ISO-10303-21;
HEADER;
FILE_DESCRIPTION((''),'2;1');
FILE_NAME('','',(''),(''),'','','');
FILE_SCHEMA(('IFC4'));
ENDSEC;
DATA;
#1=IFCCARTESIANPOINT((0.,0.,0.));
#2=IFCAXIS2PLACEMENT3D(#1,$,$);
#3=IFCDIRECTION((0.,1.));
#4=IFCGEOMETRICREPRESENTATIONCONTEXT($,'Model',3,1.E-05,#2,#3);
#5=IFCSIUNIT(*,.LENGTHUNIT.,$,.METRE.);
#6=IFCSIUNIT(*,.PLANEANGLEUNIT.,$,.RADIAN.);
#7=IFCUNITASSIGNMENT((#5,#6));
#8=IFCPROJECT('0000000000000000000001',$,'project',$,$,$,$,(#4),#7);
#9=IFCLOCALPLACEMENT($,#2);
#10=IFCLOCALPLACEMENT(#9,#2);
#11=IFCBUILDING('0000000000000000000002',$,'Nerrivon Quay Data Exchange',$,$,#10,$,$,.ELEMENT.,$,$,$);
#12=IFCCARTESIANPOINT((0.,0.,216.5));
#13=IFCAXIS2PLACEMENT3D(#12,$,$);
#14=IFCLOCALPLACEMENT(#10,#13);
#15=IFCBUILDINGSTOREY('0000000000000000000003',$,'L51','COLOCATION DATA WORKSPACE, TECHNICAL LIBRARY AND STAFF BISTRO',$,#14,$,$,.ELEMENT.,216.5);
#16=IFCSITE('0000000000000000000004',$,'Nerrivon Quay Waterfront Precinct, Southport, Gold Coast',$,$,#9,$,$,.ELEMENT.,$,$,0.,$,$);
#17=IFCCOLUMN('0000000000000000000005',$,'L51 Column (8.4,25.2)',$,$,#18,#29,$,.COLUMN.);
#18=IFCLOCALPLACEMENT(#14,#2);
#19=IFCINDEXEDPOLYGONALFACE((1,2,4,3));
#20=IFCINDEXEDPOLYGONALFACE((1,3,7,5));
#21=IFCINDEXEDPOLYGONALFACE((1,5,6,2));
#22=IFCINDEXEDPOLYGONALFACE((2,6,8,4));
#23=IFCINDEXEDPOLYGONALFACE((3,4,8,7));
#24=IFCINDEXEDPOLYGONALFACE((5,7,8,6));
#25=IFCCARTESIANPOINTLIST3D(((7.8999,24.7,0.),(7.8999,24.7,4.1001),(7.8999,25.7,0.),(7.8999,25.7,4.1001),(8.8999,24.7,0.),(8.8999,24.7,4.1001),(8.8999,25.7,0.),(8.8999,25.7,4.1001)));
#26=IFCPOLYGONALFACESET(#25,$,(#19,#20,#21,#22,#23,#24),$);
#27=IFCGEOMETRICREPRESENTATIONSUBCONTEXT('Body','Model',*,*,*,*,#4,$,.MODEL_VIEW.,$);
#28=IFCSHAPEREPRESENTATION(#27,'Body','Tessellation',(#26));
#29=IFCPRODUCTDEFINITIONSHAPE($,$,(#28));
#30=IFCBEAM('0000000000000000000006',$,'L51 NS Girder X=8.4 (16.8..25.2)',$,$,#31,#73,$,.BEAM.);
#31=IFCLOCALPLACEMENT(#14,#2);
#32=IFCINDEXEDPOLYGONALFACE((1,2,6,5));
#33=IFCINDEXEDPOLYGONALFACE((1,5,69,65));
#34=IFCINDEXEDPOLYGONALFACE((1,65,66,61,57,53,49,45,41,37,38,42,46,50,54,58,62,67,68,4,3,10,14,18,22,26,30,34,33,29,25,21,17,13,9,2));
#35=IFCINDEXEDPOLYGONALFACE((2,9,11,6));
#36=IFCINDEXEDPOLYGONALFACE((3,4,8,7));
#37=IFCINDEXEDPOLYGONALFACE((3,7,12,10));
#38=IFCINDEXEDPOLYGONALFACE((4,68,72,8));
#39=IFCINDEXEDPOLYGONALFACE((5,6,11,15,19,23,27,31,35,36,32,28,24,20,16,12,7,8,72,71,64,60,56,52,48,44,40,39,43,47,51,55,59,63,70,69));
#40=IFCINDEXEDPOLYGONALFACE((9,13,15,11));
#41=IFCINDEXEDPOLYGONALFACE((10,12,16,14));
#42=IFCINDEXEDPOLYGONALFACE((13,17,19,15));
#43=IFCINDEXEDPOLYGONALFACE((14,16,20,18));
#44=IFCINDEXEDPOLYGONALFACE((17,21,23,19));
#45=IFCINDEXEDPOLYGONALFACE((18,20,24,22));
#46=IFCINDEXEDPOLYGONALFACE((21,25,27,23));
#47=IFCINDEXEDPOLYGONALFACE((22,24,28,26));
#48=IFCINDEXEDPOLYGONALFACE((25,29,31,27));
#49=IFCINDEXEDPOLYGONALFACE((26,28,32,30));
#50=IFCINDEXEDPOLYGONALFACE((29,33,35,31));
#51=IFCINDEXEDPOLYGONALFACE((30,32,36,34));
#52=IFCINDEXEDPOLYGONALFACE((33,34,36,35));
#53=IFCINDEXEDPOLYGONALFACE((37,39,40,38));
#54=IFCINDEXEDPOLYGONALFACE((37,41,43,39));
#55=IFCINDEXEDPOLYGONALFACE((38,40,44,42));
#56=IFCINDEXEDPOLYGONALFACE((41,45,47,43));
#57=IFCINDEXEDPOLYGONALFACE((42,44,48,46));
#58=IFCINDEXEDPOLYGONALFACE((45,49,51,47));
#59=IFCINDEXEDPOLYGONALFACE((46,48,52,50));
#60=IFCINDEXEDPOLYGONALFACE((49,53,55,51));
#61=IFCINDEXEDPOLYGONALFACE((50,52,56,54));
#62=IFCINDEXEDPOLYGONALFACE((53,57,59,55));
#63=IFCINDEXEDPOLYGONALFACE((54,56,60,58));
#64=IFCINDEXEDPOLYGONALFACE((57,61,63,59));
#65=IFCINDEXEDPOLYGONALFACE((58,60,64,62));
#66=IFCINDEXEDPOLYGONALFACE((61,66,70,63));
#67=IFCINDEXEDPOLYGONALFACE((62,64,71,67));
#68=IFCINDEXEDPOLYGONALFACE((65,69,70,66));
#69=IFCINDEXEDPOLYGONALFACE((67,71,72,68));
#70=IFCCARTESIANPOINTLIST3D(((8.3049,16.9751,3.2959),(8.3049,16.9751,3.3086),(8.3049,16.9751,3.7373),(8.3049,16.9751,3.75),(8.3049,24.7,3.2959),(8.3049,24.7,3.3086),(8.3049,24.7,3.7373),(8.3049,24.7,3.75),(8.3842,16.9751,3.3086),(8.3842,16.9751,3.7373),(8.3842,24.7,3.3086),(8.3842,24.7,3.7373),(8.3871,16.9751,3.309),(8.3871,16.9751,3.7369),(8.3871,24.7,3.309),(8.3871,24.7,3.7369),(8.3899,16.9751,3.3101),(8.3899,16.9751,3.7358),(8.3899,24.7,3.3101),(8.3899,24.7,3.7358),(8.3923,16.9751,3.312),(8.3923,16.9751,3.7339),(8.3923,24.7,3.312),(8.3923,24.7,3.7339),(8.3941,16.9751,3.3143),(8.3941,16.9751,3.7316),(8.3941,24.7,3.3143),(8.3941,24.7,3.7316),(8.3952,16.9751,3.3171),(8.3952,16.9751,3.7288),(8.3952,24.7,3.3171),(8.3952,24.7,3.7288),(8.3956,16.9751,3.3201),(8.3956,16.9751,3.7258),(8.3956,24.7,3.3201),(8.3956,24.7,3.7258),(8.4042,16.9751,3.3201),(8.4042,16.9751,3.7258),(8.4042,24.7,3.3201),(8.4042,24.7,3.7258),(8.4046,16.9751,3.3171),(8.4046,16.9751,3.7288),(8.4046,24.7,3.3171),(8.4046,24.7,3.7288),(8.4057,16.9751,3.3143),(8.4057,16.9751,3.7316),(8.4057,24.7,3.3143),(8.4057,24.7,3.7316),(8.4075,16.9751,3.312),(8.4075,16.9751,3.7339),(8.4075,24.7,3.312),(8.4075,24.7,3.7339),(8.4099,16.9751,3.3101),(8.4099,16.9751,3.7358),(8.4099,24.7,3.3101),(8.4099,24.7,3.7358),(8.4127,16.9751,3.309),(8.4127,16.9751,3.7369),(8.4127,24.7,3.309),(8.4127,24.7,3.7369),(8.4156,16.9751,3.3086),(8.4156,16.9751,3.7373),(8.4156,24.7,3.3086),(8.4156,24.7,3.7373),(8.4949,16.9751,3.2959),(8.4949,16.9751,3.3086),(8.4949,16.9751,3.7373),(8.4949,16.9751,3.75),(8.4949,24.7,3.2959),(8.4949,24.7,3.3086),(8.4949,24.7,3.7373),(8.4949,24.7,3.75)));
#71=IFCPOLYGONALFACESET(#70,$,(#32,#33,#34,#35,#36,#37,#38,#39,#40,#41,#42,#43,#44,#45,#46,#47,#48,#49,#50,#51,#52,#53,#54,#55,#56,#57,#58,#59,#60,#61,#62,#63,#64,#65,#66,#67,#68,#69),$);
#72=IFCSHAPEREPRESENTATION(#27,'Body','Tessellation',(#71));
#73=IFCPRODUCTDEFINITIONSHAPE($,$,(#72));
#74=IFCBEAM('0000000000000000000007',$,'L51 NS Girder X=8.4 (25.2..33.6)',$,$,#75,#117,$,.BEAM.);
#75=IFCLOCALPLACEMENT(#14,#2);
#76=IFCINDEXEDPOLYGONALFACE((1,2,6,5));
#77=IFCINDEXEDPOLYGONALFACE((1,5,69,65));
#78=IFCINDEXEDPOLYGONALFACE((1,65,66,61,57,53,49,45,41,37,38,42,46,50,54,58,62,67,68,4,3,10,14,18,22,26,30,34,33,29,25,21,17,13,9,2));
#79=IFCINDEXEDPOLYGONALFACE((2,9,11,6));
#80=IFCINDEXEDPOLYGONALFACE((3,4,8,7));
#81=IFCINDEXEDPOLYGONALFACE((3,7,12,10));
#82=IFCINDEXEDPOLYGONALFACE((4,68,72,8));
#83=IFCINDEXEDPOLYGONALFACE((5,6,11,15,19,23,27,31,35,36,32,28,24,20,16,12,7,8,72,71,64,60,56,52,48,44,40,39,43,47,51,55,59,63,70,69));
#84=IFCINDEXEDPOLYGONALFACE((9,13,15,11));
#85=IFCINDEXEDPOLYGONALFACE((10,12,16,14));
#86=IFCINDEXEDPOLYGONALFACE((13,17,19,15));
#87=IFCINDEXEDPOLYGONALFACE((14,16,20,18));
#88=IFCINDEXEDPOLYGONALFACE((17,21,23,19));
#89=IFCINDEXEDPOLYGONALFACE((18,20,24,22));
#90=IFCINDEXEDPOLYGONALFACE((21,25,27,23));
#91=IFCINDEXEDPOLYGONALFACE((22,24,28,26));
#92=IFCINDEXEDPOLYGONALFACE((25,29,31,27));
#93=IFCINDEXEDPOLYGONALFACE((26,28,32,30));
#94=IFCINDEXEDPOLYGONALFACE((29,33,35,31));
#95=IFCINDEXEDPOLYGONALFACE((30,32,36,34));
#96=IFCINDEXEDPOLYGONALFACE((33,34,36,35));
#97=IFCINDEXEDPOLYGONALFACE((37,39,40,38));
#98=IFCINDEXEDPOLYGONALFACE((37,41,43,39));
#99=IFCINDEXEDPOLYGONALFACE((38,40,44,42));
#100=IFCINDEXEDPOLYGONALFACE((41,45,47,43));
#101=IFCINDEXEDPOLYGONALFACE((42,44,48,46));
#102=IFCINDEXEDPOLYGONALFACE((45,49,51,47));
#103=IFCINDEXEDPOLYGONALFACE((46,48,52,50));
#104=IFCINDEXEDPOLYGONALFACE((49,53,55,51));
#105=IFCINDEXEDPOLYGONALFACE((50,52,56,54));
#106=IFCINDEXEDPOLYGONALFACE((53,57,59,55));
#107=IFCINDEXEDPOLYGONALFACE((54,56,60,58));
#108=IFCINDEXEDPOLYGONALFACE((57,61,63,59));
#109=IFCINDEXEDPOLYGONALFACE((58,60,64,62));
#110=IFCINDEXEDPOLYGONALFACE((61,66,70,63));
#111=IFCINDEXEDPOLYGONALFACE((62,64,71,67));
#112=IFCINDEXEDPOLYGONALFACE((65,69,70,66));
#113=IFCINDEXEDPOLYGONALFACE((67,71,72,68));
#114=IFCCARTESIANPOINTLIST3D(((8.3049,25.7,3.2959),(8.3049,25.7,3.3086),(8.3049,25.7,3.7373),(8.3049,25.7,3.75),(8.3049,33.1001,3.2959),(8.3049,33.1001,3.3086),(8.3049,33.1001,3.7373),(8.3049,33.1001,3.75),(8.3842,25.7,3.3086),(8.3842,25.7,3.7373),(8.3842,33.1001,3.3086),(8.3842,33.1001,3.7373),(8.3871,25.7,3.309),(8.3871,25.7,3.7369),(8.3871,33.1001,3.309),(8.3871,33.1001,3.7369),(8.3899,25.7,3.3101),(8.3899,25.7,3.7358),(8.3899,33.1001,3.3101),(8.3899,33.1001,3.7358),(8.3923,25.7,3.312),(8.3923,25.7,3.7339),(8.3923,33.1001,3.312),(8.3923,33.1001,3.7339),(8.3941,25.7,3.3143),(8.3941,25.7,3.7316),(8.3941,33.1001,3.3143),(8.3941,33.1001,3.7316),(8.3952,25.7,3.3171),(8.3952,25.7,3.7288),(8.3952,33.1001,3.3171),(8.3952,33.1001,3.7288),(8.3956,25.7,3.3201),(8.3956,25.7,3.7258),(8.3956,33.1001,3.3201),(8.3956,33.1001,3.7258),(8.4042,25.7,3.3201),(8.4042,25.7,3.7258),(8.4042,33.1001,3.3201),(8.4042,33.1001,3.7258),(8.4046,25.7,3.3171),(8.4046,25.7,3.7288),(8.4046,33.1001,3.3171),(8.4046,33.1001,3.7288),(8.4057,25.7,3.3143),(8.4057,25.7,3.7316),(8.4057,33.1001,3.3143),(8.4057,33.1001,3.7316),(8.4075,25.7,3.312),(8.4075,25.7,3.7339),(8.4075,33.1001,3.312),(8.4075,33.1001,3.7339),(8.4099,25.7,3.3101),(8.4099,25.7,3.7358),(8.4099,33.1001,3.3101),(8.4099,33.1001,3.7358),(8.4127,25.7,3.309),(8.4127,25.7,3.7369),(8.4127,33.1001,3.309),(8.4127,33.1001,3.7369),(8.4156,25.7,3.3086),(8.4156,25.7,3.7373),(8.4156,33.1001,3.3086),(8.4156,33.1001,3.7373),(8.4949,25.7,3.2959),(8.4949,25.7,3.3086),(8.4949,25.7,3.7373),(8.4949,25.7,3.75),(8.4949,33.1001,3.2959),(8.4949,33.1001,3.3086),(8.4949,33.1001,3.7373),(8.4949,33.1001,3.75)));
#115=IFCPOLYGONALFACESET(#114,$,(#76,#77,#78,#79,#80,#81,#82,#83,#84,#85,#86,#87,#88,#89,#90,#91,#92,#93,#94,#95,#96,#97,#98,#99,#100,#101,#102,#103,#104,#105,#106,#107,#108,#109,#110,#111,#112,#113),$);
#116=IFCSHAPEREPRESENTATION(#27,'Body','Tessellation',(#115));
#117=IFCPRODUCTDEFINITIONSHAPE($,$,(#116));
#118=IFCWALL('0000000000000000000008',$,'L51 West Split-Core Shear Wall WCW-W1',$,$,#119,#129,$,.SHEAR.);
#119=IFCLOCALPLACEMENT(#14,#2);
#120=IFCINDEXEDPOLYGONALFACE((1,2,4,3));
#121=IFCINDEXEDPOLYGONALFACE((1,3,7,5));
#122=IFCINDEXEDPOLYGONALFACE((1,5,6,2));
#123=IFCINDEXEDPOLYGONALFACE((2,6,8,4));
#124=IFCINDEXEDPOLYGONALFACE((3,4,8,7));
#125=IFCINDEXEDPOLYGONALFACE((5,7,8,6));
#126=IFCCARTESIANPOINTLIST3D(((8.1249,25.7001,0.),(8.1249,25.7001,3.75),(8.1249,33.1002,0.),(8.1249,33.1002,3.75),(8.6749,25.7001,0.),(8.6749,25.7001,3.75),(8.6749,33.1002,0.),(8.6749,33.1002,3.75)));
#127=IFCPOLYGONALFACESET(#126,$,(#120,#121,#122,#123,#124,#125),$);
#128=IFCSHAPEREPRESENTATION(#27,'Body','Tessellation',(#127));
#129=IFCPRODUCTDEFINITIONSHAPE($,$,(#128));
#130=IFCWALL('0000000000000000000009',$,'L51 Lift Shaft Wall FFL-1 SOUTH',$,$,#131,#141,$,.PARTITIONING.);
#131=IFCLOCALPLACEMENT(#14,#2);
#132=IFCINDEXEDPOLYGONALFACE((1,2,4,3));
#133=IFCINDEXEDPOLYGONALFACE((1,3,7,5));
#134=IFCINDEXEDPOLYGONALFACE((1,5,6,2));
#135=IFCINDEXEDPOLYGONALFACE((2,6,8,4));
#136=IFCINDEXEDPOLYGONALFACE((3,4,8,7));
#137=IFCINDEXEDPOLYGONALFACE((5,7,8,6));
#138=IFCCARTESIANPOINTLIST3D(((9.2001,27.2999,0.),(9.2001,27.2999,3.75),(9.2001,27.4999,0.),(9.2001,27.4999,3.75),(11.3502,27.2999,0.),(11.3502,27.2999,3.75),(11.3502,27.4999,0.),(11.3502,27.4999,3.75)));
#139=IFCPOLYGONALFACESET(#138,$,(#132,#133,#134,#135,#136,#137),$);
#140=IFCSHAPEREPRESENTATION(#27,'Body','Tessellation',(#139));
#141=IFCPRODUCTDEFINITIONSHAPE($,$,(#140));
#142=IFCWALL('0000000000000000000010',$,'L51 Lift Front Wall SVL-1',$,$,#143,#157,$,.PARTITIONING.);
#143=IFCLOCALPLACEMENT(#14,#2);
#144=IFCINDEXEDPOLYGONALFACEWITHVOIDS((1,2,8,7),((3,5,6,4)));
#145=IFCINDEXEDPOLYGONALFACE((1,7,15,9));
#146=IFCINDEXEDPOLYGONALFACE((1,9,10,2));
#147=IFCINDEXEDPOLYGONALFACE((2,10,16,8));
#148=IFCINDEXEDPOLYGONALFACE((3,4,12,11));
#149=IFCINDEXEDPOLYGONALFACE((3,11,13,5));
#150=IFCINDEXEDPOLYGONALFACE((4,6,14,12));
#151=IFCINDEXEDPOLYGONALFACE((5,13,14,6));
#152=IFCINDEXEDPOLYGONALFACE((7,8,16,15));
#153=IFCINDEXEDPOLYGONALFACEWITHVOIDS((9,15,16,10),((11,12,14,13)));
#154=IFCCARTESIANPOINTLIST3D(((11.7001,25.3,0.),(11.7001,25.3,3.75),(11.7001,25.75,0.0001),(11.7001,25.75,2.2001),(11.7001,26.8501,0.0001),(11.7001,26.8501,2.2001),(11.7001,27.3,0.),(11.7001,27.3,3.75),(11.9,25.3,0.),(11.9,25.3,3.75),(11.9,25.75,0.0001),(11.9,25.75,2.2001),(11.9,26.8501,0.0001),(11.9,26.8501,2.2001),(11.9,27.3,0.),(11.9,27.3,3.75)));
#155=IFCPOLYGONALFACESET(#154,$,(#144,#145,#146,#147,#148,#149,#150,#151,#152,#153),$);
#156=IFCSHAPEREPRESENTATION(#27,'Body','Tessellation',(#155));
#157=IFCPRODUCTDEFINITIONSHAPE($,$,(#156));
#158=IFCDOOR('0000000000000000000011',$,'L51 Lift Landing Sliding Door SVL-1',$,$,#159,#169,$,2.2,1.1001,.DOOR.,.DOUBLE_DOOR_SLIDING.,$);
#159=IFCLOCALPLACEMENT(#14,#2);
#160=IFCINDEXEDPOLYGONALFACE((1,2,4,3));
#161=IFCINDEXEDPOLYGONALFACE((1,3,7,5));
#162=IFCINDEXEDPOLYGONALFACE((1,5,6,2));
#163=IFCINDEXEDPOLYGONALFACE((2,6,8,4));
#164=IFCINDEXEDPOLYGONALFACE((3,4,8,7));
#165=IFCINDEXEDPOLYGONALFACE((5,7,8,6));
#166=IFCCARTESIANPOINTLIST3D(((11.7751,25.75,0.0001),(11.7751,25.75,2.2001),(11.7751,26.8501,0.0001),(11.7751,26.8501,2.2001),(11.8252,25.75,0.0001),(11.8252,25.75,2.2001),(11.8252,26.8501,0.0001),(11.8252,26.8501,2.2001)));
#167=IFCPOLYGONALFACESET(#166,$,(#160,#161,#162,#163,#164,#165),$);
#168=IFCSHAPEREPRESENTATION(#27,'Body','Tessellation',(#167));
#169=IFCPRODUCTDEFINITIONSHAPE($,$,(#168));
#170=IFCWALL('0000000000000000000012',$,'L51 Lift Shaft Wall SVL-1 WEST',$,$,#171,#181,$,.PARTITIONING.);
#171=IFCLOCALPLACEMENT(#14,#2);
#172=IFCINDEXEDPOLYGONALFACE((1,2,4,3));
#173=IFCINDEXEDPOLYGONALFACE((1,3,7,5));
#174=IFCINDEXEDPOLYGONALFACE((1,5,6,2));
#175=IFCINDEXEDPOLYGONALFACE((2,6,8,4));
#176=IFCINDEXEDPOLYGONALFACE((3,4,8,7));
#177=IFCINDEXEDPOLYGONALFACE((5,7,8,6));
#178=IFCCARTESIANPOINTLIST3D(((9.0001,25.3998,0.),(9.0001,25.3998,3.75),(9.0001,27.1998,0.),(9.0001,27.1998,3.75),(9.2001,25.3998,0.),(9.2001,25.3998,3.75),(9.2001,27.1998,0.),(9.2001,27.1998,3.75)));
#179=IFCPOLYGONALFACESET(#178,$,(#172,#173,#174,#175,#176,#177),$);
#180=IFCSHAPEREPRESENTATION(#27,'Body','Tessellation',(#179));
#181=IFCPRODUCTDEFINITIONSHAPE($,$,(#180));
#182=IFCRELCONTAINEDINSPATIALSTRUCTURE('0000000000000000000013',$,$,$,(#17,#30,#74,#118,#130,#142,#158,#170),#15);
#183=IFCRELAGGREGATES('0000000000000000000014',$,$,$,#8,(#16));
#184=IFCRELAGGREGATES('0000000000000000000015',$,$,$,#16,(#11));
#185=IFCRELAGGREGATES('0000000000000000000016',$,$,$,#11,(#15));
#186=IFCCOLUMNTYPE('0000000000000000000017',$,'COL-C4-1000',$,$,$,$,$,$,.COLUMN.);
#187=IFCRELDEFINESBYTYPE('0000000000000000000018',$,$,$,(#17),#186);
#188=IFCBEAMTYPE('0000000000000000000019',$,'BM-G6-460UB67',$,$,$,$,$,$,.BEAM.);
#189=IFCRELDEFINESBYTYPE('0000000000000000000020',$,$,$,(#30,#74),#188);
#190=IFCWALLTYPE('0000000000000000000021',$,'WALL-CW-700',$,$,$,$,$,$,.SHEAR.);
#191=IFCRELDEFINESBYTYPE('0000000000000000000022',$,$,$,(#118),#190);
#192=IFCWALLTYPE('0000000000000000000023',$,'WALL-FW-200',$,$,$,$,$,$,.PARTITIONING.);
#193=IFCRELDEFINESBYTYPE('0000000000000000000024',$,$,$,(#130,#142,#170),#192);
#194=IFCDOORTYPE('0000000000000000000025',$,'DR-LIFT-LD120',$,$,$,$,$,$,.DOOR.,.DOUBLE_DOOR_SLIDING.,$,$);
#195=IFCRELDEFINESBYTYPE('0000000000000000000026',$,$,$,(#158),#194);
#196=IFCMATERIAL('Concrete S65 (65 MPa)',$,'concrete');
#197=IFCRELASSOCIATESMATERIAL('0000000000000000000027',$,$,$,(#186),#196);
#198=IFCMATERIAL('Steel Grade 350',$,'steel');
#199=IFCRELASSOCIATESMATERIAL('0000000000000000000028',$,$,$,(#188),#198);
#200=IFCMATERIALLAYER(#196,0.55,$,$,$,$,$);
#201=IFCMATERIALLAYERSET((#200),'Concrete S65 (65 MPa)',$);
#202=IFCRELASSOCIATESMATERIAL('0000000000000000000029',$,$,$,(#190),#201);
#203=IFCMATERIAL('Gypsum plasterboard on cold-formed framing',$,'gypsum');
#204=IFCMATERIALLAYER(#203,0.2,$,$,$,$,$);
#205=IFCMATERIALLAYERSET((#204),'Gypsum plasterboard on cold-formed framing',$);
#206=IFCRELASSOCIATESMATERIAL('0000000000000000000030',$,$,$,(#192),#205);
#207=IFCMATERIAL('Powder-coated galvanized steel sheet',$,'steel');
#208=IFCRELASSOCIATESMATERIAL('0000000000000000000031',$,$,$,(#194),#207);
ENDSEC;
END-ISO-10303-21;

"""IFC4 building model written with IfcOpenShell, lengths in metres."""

from ifc_helpers import new_model, si_unit, direction, frame, frame_2d, origin, origin_2d, place, context, subcontext, project, spatial, rectangle, i_section, extrude, material, layer, layer_set, material_profile, profile_set, type_object, element, fill, save


model = new_model("IFC4")

# Units and contexts
model_context = context("Model", 3, precision=1e-05, world=origin(), true_north=direction((0.0, 1.0)))
body_context = subcontext(model_context, "Body", "Model", "MODEL_VIEW")
ifc_project = project(units=[si_unit("LENGTHUNIT", "METRE"), si_unit("PLANEANGLEUNIT", "RADIAN")], contexts=[model_context])

# Site, building, storey
site_placement = place(None, origin())
site = spatial("IfcSite", under=ifc_project, at=site_placement, Name="Nerrivon Quay Waterfront Precinct, Southport, Gold Coast", CompositionType="ELEMENT", RefElevation=0.0)
building_placement = place(site_placement, origin())
building = spatial("IfcBuilding", under=site, at=building_placement, Name="Nerrivon Quay Data Exchange", CompositionType="ELEMENT")
storey_placement = place(building_placement, frame((0.0, 0.0, 216.5)))
storey = spatial("IfcBuildingStorey", under=building, at=storey_placement, Name="L51", Description="COLOCATION DATA WORKSPACE, TECHNICAL LIBRARY AND STAFF BISTRO", CompositionType="ELEMENT", Elevation=216.5)

# Column
ifc_material_1 = material(Name="Concrete S65 (65 MPa)", Category="concrete")
ifc_material_profile_1 = material_profile(ifc_material_1, rectangle(XDim=1.0, YDim=1.0, at=origin_2d()), Name="RC-COL-1000x1000")
ifc_profile_set_1 = profile_set([ifc_material_profile_1], Name="Concrete S65 (65 MPa)")
column_type = type_object("IfcColumnType", Name="COL-C4-1000", PredefinedType="COLUMN", material=ifc_profile_set_1)
column_placement = place(storey_placement, frame((8.3999, 25.2, 0.0), z_axis=(0.0, 0.0, 1.0), x_axis=(1.0, 0.0, 0.0)))
element("IfcColumn", 1, at=column_placement, inside=storey, type_object=column_type, Name="L51 Column (8.4,25.2)", PredefinedType="COLUMN", context=body_context, shape_type="SweptSolid", body=[
    extrude(rectangle(XDim=1.0, YDim=1.0, at=origin_2d()), origin(), (0.0, 0.0, 1.0), 4.1001),
])

# Beams
ifc_material_2 = material(Name="Steel Grade 350", Category="steel")
ifc_material_profile_2 = material_profile(ifc_material_2, i_section(OverallWidth=0.1899, OverallDepth=0.4541, WebThickness=0.0085, FlangeThickness=0.0127, FilletRadius=0.0115, at=origin_2d()), Name="460UB67.1")
ifc_profile_set_2 = profile_set([ifc_material_profile_2], Name="Steel Grade 350")
beam_type = type_object("IfcBeamType", Name="BM-G6-460UB67", PredefinedType="BEAM", material=ifc_profile_set_2)
beam_1_placement = place(storey_placement, frame((8.3999, 16.9751, 3.5229), z_axis=(0.0, 1.0, 0.0), x_axis=(-1.0, 0.0, 0.0)))
element("IfcBeam", 2, at=beam_1_placement, inside=storey, type_object=beam_type, Name="L51 NS Girder X=8.4 (16.8..25.2)", PredefinedType="BEAM", context=body_context, shape_type="SweptSolid", body=[
    extrude(i_section(OverallWidth=0.1899, OverallDepth=0.4541, WebThickness=0.0085, FlangeThickness=0.0127, FilletRadius=0.0115, at=origin_2d()), origin(), (0.0, 0.0, 1.0), 7.7249),
])
beam_2_placement = place(storey_placement, frame((8.3999, 25.7, 3.5229), z_axis=(0.0, 1.0, 0.0), x_axis=(-1.0, 0.0, 0.0)))
element("IfcBeam", 3, at=beam_2_placement, inside=storey, type_object=beam_type, Name="L51 NS Girder X=8.4 (25.2..33.6)", PredefinedType="BEAM", context=body_context, shape_type="SweptSolid", body=[
    extrude(i_section(OverallWidth=0.1899, OverallDepth=0.4541, WebThickness=0.0085, FlangeThickness=0.0127, FilletRadius=0.0115, at=origin_2d()), origin(), (0.0, 0.0, 1.0), 7.4001),
])

# Wall
ifc_layer_1 = layer(ifc_material_1, 0.55)
ifc_layer_set_1 = layer_set([ifc_layer_1], Name="Concrete S65 (65 MPa)")
wall_type_1 = type_object("IfcWallType", Name="WALL-CW-700", PredefinedType="SHEAR", material=ifc_layer_set_1)
wall_1_placement = place(storey_placement, frame((8.3999, 25.7, 0.0), z_axis=(0.0, 0.0, 1.0), x_axis=(0.0, 1.0, 0.0)))
element("IfcWall", 4, at=wall_1_placement, inside=storey, type_object=wall_type_1, Name="L51 West Split-Core Shear Wall WCW-W1", PredefinedType="SHEAR", context=body_context, shape_type="SweptSolid", body=[
    extrude(rectangle(XDim=7.4001, YDim=0.55, at=frame_2d((3.7002, 0.0))), origin(), (0.0, 0.0, 1.0), 3.75),
])

# Shared definitions
ifc_material_3 = material(Name="Powder-coated galvanized steel sheet", Category="steel")

# Wall
ifc_material_4 = material(Name="Gypsum plasterboard on cold-formed framing", Category="gypsum")
ifc_layer_2 = layer(ifc_material_4, 0.2)
ifc_layer_set_2 = layer_set([ifc_layer_2], Name="Gypsum plasterboard on cold-formed framing")
wall_type_2 = type_object("IfcWallType", Name="WALL-FW-200", PredefinedType="PARTITIONING", material=ifc_layer_set_2)
wall_2_placement = place(storey_placement, frame((9.2, 27.3999, 0.0), z_axis=(0.0, 0.0, 1.0), x_axis=(1.0, 0.0, 0.0)))
element("IfcWall", 5, at=wall_2_placement, inside=storey, type_object=wall_type_2, Name="L51 Lift Shaft Wall FFL-1 SOUTH", PredefinedType="PARTITIONING", context=body_context, shape_type="SweptSolid", body=[
    extrude(rectangle(XDim=2.1501, YDim=0.2, at=frame_2d((1.0752, 0.0))), origin(), (0.0, 0.0, 1.0), 3.75),
])

# Wall, opening, door
wall_3_placement = place(storey_placement, frame((11.8, 25.3, 0.0), z_axis=(0.0, 0.0, 1.0), x_axis=(0.0, 1.0, 0.0)))
wall_3 = element("IfcWall", 6, at=wall_3_placement, inside=storey, type_object=wall_type_2, Name="L51 Lift Front Wall SVL-1", PredefinedType="PARTITIONING", context=body_context, shape_type="SweptSolid", body=[
    extrude(rectangle(XDim=2.0, YDim=0.2, at=frame_2d((1.0, 0.0))), origin(), (0.0, 0.0, 1.0), 3.75),
])
opening_1_placement = place(wall_3_placement, frame((0.45, 0.0, 0.0)))
opening_1 = element("IfcOpeningElement", 7, at=opening_1_placement, cuts=wall_3, PredefinedType="OPENING", context=body_context, shape_type="SweptSolid", body=[
    extrude(rectangle(XDim=1.1001, YDim=2.2, at=frame_2d((0.55, 1.1001))), frame((0.0, 0.1099, 0.0), z_axis=(0.0, -1.0, 0.0), x_axis=(1.0, 0.0, 0.0)), (0.0, 0.0, 1.0), 0.22),
])
door_type_1 = type_object("IfcDoorType", Name="DR-LIFT-LD120", OperationType="DOUBLE_DOOR_SLIDING", PredefinedType="DOOR", material=ifc_material_3)
door_1_placement = place(opening_1_placement, origin())
door_1 = element("IfcDoor", 8, at=door_1_placement, inside=storey, type_object=door_type_1, Name="L51 Lift Landing Sliding Door SVL-1", OperationType="DOUBLE_DOOR_SLIDING", OverallHeight=2.2, OverallWidth=1.1001, PredefinedType="DOOR", context=body_context, shape_type="SweptSolid", body=[
    extrude(rectangle(XDim=1.1001, YDim=2.2, at=frame_2d((0.55, 1.1001))), frame((0.0, 0.0249, 0.0), z_axis=(0.0, -1.0, 0.0), x_axis=(1.0, 0.0, 0.0)), (0.0, 0.0, 1.0), 0.05),
])
fill(opening_1, door_1)

# Wall
wall_4_placement = place(storey_placement, frame((9.1001, 25.3999, 0.0), z_axis=(0.0, 0.0, 1.0), x_axis=(0.0, 1.0, 0.0)))
element("IfcWall", 9, at=wall_4_placement, inside=storey, type_object=wall_type_2, Name="L51 Lift Shaft Wall SVL-1 WEST", PredefinedType="PARTITIONING", context=body_context, shape_type="SweptSolid", body=[
    extrude(rectangle(XDim=1.8, YDim=0.2, at=frame_2d((0.8999, 0.0))), origin(), (0.0, 0.0, 1.0), 3.75),
])

save(model, "model.ifc")
